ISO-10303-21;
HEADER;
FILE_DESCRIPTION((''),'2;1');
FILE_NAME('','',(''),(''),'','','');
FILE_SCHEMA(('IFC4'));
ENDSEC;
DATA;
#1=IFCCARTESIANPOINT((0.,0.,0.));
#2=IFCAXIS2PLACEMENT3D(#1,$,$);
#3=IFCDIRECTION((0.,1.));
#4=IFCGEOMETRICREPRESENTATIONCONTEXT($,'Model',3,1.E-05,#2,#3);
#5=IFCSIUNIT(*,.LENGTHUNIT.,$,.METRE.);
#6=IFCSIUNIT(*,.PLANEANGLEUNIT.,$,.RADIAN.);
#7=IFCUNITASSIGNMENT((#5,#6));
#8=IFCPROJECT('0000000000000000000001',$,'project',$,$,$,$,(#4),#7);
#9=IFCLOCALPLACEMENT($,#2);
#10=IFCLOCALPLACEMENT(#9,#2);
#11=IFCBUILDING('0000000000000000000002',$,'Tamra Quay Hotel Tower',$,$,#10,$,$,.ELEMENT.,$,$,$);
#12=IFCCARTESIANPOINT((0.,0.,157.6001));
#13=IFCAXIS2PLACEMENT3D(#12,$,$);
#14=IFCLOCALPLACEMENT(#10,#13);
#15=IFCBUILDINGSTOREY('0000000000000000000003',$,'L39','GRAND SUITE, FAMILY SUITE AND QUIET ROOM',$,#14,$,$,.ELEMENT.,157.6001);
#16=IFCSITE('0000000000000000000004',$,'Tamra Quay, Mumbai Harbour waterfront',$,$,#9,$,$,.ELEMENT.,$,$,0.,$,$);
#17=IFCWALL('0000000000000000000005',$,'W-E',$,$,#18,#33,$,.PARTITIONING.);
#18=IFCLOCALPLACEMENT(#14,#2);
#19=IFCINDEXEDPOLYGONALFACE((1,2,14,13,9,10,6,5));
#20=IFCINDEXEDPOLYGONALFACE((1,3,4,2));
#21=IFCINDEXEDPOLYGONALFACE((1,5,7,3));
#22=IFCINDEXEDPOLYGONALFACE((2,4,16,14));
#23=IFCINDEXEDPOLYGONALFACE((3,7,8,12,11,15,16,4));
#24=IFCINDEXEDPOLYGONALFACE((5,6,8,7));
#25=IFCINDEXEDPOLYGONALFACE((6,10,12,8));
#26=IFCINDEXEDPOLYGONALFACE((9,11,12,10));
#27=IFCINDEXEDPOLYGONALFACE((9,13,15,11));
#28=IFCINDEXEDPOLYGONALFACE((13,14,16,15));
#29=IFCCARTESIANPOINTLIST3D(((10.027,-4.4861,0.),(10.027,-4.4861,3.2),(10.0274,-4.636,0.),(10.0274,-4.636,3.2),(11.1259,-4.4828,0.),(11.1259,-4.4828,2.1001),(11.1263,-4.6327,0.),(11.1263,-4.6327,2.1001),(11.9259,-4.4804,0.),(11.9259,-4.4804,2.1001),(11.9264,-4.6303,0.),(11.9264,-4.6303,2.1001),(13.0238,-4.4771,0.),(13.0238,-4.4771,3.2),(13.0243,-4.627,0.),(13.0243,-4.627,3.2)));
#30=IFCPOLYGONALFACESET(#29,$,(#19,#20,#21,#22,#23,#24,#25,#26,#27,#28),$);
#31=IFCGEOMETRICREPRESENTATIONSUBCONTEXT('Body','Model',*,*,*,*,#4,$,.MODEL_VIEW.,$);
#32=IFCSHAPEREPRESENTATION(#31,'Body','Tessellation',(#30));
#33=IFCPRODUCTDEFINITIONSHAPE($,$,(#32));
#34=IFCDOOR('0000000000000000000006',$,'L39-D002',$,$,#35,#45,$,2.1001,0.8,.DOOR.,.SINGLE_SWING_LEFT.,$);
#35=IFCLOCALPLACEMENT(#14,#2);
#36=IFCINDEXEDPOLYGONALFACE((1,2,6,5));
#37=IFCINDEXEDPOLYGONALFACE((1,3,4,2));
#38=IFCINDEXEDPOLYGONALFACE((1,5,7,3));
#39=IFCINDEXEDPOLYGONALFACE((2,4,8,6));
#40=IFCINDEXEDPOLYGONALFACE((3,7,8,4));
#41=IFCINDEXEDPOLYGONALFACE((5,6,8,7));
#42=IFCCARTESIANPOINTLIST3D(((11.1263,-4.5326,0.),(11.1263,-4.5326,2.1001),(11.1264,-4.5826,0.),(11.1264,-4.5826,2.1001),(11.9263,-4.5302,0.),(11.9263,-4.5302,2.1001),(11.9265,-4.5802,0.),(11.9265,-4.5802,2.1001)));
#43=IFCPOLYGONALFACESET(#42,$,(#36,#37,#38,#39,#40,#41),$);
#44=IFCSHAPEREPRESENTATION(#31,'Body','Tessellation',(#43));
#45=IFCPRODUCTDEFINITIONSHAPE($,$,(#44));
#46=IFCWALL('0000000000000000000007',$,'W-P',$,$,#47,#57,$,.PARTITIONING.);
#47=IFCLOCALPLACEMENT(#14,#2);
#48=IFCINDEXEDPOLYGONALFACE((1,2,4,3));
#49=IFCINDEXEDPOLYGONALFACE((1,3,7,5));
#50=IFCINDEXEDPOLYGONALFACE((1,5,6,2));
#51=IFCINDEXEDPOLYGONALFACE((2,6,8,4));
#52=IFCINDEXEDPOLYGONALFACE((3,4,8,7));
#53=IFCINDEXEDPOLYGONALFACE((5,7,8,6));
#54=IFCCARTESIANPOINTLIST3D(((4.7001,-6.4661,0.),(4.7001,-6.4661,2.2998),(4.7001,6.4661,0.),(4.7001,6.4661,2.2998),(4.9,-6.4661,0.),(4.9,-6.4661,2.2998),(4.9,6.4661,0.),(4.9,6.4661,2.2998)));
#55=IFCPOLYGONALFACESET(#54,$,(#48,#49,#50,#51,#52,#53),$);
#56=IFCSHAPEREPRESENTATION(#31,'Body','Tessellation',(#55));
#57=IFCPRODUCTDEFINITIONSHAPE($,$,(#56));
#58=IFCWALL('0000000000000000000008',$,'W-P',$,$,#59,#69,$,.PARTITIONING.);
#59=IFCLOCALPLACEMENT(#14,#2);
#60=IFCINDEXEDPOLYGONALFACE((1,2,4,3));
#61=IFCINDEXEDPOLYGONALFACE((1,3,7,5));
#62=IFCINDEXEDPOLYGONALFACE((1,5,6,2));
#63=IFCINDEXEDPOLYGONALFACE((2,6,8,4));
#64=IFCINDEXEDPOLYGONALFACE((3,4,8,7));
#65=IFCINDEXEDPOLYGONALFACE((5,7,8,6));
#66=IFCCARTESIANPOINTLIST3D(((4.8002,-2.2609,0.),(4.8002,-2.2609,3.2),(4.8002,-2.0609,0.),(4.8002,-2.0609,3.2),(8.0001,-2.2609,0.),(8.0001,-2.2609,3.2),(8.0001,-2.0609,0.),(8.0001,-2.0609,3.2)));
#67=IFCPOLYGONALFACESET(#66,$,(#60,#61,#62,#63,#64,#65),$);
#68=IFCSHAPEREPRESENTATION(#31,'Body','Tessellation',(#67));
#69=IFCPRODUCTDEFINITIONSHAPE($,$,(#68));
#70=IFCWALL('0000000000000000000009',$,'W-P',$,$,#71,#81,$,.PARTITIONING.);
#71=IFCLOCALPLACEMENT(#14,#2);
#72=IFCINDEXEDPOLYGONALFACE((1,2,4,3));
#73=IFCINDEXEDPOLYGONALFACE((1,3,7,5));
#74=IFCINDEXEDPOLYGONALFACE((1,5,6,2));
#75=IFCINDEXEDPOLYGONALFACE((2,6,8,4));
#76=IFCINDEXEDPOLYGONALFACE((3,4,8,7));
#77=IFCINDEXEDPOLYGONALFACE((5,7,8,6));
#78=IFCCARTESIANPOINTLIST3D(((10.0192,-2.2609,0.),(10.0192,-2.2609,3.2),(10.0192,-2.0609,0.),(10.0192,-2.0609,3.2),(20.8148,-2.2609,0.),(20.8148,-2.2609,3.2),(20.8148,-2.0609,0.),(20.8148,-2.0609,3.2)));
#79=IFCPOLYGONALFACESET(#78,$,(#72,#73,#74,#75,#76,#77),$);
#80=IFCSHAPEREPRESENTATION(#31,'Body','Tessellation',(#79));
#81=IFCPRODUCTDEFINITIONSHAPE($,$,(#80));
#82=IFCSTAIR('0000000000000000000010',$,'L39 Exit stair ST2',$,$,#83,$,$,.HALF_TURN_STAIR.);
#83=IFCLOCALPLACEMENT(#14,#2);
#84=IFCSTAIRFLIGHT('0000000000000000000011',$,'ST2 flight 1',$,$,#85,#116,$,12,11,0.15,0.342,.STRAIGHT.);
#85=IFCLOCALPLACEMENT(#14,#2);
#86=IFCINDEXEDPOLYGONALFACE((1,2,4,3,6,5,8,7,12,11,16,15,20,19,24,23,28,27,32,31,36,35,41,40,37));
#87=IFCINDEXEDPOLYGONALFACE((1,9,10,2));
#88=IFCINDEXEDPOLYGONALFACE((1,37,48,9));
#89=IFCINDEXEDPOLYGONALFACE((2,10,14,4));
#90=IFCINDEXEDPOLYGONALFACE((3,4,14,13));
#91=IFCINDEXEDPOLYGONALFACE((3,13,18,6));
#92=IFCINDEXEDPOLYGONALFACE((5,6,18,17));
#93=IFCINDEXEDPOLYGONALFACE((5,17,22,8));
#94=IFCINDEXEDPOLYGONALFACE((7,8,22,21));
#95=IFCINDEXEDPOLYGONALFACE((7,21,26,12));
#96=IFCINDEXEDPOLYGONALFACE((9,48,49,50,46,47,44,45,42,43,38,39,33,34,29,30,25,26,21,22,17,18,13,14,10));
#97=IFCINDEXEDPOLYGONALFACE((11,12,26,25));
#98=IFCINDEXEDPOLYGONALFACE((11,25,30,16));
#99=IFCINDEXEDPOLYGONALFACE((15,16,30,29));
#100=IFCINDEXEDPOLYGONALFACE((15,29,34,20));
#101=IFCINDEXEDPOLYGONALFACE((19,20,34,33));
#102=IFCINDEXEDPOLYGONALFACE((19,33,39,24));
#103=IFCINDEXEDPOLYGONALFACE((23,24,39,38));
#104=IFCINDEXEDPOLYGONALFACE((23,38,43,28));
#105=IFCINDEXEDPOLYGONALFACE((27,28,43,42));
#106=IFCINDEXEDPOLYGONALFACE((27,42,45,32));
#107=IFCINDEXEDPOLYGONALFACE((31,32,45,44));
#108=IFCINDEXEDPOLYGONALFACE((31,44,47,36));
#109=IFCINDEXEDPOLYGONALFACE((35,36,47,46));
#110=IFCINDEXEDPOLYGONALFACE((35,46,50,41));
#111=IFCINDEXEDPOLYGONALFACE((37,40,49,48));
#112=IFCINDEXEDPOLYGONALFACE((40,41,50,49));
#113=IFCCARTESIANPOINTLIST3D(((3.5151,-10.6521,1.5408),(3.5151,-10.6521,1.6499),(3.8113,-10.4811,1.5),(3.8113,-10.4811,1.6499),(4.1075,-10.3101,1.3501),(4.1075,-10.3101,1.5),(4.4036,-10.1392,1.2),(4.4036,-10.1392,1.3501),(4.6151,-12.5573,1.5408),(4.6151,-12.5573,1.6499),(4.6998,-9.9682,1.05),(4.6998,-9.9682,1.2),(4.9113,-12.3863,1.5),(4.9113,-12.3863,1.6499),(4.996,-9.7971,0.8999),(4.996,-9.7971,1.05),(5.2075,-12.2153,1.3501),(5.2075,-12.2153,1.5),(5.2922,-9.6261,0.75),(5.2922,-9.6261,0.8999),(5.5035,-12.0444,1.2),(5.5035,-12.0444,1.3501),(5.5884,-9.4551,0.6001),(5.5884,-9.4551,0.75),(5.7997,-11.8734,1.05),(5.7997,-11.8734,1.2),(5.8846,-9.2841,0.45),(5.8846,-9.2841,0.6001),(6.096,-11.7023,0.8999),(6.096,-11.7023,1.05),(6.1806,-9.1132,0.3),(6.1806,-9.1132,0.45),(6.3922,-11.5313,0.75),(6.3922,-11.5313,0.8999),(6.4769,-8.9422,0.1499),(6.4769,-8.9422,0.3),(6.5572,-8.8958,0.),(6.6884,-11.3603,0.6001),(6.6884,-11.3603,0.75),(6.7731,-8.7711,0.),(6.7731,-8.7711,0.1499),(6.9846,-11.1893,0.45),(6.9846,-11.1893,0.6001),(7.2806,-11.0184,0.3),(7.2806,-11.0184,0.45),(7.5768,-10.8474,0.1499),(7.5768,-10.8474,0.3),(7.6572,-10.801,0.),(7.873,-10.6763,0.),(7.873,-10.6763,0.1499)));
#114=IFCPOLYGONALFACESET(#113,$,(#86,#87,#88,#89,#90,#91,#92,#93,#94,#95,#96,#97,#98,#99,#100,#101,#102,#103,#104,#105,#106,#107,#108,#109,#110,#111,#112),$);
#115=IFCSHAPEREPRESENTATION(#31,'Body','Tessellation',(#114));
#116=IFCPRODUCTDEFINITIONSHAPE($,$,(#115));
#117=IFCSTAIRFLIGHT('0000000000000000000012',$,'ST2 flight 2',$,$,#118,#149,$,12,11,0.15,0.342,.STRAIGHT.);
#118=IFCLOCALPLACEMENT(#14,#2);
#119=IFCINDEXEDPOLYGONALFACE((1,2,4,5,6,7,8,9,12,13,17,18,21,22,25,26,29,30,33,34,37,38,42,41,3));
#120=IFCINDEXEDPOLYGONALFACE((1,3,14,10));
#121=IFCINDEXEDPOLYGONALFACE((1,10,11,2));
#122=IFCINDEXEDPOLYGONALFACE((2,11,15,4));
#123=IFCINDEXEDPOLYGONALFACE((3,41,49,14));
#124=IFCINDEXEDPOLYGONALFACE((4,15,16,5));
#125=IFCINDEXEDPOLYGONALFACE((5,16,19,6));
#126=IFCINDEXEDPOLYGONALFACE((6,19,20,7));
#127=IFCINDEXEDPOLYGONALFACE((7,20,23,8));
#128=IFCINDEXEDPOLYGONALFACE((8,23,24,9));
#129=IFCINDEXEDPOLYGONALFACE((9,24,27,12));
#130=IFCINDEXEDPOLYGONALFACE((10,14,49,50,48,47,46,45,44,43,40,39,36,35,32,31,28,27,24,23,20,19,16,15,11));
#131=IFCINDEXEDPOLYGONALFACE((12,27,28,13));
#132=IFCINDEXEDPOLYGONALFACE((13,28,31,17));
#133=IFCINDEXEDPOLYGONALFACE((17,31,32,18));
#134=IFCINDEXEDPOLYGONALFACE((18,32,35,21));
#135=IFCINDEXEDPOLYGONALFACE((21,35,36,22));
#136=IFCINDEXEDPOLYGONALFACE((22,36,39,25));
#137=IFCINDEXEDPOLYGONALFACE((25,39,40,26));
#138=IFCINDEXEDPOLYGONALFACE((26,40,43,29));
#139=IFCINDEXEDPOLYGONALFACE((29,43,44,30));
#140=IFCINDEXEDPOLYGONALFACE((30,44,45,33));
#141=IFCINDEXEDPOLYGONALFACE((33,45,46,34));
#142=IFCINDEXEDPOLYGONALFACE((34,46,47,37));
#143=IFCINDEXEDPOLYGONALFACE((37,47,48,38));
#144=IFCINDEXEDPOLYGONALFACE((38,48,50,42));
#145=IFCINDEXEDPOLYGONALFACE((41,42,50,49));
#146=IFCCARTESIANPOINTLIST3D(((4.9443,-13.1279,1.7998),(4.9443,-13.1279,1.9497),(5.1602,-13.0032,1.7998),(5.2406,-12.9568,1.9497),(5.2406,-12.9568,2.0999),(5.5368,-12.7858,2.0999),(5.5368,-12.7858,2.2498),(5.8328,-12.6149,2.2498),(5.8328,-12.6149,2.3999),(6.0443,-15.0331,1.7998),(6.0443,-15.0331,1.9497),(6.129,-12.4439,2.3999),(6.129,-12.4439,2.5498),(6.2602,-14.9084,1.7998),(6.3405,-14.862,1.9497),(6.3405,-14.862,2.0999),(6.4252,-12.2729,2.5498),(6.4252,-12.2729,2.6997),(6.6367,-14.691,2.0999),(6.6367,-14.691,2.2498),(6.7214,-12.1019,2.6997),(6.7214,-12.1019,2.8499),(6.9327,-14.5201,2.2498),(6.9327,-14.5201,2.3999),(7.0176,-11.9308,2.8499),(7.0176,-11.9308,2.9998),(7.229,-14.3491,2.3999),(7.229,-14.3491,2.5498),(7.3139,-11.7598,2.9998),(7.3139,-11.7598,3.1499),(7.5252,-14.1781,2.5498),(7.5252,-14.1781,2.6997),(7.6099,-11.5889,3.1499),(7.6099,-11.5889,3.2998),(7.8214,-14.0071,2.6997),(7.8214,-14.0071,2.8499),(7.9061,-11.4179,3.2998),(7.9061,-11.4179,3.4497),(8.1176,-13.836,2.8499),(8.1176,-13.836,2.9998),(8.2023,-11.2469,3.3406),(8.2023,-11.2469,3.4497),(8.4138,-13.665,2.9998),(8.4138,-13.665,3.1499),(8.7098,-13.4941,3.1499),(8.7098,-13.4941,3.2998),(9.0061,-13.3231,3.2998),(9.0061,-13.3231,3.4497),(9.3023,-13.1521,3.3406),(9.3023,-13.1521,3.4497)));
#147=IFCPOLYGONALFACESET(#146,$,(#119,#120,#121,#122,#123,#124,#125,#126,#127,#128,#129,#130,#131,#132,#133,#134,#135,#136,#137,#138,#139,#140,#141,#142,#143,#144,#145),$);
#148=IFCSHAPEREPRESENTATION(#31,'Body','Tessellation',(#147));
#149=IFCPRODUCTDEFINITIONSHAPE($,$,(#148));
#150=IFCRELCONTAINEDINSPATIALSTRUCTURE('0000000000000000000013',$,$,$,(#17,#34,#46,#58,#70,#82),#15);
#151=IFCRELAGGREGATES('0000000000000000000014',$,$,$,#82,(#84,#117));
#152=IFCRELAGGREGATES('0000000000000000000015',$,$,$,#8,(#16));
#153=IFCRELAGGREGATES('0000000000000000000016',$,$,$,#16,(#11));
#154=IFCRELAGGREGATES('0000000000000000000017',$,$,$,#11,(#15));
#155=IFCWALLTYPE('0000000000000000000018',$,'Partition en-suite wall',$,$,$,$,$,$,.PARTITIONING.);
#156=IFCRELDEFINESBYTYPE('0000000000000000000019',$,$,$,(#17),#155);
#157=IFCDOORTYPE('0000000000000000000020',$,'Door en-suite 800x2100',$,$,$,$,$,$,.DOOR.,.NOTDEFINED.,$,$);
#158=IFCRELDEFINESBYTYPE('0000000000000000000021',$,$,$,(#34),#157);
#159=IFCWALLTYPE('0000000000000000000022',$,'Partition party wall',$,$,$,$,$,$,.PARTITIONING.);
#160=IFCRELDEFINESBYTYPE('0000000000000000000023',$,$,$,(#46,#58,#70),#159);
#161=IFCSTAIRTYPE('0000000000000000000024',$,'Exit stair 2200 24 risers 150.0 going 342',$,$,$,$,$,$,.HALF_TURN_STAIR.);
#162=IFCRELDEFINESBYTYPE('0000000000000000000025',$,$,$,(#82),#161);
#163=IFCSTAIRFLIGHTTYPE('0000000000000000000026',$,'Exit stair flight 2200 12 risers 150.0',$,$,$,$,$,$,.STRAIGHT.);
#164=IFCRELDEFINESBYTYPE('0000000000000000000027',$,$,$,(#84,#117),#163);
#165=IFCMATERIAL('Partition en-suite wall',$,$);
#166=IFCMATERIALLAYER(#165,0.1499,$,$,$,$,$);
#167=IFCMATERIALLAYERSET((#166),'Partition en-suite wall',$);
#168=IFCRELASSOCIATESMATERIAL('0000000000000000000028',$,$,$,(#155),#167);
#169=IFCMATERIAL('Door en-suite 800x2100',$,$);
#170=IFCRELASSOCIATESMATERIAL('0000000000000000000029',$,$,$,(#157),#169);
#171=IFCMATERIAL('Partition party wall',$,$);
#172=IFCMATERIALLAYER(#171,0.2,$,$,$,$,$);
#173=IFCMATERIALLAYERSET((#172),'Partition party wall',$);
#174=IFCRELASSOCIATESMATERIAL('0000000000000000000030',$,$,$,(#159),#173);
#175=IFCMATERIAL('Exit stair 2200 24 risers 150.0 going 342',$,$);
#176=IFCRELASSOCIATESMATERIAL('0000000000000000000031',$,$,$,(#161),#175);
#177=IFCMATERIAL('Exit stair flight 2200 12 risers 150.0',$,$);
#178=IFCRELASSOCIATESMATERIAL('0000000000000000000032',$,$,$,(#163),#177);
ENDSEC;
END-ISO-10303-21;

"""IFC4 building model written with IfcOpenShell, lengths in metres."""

from ifc_helpers import new_model, si_unit, direction, frame, frame_2d, origin, place, context, subcontext, project, spatial, polyline, rectangle, outline, extrude, material, layer, layer_set, type_object, element, fill, aggregate, save


model = new_model("IFC4")

# Units and contexts
model_context = context("Model", 3, precision=1e-05, world=origin(), true_north=direction((0.0, 1.0)))
body_context = subcontext(model_context, "Body", "Model", "MODEL_VIEW")
ifc_project = project(units=[si_unit("LENGTHUNIT", "METRE"), si_unit("PLANEANGLEUNIT", "RADIAN")], contexts=[model_context])

# Site, building, storey
site_placement = place(None, origin())
site = spatial("IfcSite", under=ifc_project, at=site_placement, Name="Tamra Quay, Mumbai Harbour waterfront", CompositionType="ELEMENT", RefElevation=0.0)
building_placement = place(site_placement, origin())
building = spatial("IfcBuilding", under=site, at=building_placement, Name="Tamra Quay Hotel Tower", CompositionType="ELEMENT")
storey_placement = place(building_placement, frame((0.0, 0.0, 157.6001)))
storey = spatial("IfcBuildingStorey", under=building, at=storey_placement, Name="L39", Description="GRAND SUITE, FAMILY SUITE AND QUIET ROOM", CompositionType="ELEMENT", Elevation=157.6001)

# Wall, opening, door
ifc_material_1 = material(Name="Partition en-suite wall")
ifc_layer_1 = layer(ifc_material_1, 0.1499)
ifc_layer_set_1 = layer_set([ifc_layer_1], Name="Partition en-suite wall")
wall_type_1 = type_object("IfcWallType", Name="Partition en-suite wall", PredefinedType="PARTITIONING", material=ifc_layer_set_1)
wall_1_placement = place(storey_placement, frame((10.0271, -4.561, 0.0), z_axis=(0.0, 0.0, 1.0), x_axis=(0.999995, 0.003014, 0.0)))
wall_1 = element("IfcWall", 1, at=wall_1_placement, inside=storey, type_object=wall_type_1, Name="W-E", PredefinedType="PARTITIONING", context=body_context, shape_type="SweptSolid", body=[
    extrude(rectangle(XDim=2.9968, YDim=0.1499, at=frame_2d((1.4985, 0.0))), origin(), (0.0, 0.0, 1.0), 3.2),
])
opening_1_placement = place(wall_1_placement, frame((1.0991, 0.0, 0.0)))
opening_1 = element("IfcOpeningElement", 2, at=opening_1_placement, cuts=wall_1, PredefinedType="OPENING", context=body_context, shape_type="SweptSolid", body=[
    extrude(rectangle(XDim=0.8, YDim=2.1001, at=frame_2d((0.3999, 1.05))), frame((0.0, 0.085, 0.0), z_axis=(0.0, -1.0, 0.0), x_axis=(1.0, 0.0, 0.0)), (0.0, 0.0, 1.0), 0.1699),
])
ifc_material_2 = material(Name="Door en-suite 800x2100")
door_type_1 = type_object("IfcDoorType", Name="Door en-suite 800x2100", OperationType="NOTDEFINED", PredefinedType="DOOR", material=ifc_material_2)
door_1_placement = place(opening_1_placement, frame((0.8, 0.0, 0.0), z_axis=(0.0, 0.0, 1.0), x_axis=(-1.0, 0.0, 0.0)))
door_1 = element("IfcDoor", 3, at=door_1_placement, inside=storey, type_object=door_type_1, Name="L39-D002", OperationType="SINGLE_SWING_LEFT", OverallHeight=2.1001, OverallWidth=0.8, PredefinedType="DOOR", context=body_context, shape_type="SweptSolid", body=[
    extrude(rectangle(XDim=0.8, YDim=2.1001, at=frame_2d((0.3999, 1.05))), frame((0.0, 0.0249, 0.0), z_axis=(0.0, -1.0, 0.0), x_axis=(1.0, 0.0, 0.0)), (0.0, 0.0, 1.0), 0.05),
])
fill(opening_1, door_1)

# Walls
ifc_material_3 = material(Name="Partition party wall")
ifc_layer_2 = layer(ifc_material_3, 0.2)
ifc_layer_set_2 = layer_set([ifc_layer_2], Name="Partition party wall")
wall_type_2 = type_object("IfcWallType", Name="Partition party wall", PredefinedType="PARTITIONING", material=ifc_layer_set_2)
wall_2_placement = place(storey_placement, frame((4.8, -6.4661, 0.0), z_axis=(0.0, 0.0, 1.0), x_axis=(0.0, 1.0, 0.0)))
element("IfcWall", 4, at=wall_2_placement, inside=storey, type_object=wall_type_2, Name="W-P", PredefinedType="PARTITIONING", context=body_context, shape_type="SweptSolid", body=[
    extrude(rectangle(XDim=12.9321, YDim=0.2, at=frame_2d((6.4661, 0.0))), origin(), (0.0, 0.0, 1.0), 2.2998),
])
wall_3_placement = place(storey_placement, frame((4.8, -2.1609, 0.0), z_axis=(0.0, 0.0, 1.0), x_axis=(1.0, 0.0, 0.0)))
element("IfcWall", 5, at=wall_3_placement, inside=storey, type_object=wall_type_2, Name="W-P", PredefinedType="PARTITIONING", context=body_context, shape_type="SweptSolid", body=[
    extrude(rectangle(XDim=3.2, YDim=0.2, at=frame_2d((1.6001, 0.0))), origin(), (0.0, 0.0, 1.0), 3.2),
])
wall_4_placement = place(storey_placement, frame((10.019, -2.1609, 0.0), z_axis=(0.0, 0.0, 1.0), x_axis=(1.0, 0.0, 0.0)))
element("IfcWall", 6, at=wall_4_placement, inside=storey, type_object=wall_type_2, Name="W-P", PredefinedType="PARTITIONING", context=body_context, shape_type="SweptSolid", body=[
    extrude(rectangle(XDim=10.7957, YDim=0.2, at=frame_2d((5.3979, 0.0))), origin(), (0.0, 0.0, 1.0), 3.2),
])

# Stair, stair flights
ifc_material_4 = material(Name="Exit stair 2200 24 risers 150.0 going 342")
stair_type = type_object("IfcStairType", Name="Exit stair 2200 24 risers 150.0 going 342", PredefinedType="HALF_TURN_STAIR", material=ifc_material_4)
stair_placement = place(storey_placement, origin())
stair = element("IfcStair", 7, at=stair_placement, inside=storey, type_object=stair_type, Name="L39 Exit stair ST2", PredefinedType="HALF_TURN_STAIR")
ifc_material_5 = material(Name="Exit stair flight 2200 12 risers 150.0")
stair_flight_type = type_object("IfcStairFlightType", Name="Exit stair flight 2200 12 risers 150.0", PredefinedType="STRAIGHT", material=ifc_material_5)
stair_flight_1_placement = place(storey_placement, frame((7.323, -9.7236, 0.0), z_axis=(0.0, 0.0, 1.0), x_axis=(-0.866025, -0.5, 0.0)))
stair_flight_1 = element("IfcStairFlight", 8, at=stair_flight_1_placement, type_object=stair_flight_type, Name="ST2 flight 1", NumberOfRisers=12, NumberOfTreads=11, PredefinedType="STRAIGHT", RiserHeight=0.15, TreadLength=0.342, context=body_context, shape_type="SweptSolid", body=[
    extrude(outline(polyline([(0.0, 0.0), (0.0, 0.1499), (0.342, 0.1499), (0.342, 0.3), (0.6841, 0.3), (0.6841, 0.45), (1.0259, 0.45), (1.0259, 0.6001), (1.3679, 0.6001), (1.3679, 0.75), (1.71, 0.75), (1.71, 0.8999), (2.052, 0.8999), (2.052, 1.05), (2.394, 1.05), (2.394, 1.2), (2.7361, 1.2), (2.7361, 1.3501), (3.0779, 1.3501), (3.0779, 1.5), (3.4199, 1.5), (3.4199, 1.6499), (3.762, 1.6499), (3.762, 1.8), (3.762, 1.5408), (0.2493, 0.0), (0.0, 0.0)])), frame((0.0, 1.1001, 0.0), z_axis=(0.0, -1.0, 0.0), x_axis=(1.0, 0.0, 0.0)), (0.0, 0.0, 1.0), 2.2),
])
stair_flight_2_placement = place(storey_placement, frame((5.4944, -14.0806, 1.7998), z_axis=(0.0, 0.0, 1.0), x_axis=(0.866025, 0.5, 0.0)))
stair_flight_2 = element("IfcStairFlight", 9, at=stair_flight_2_placement, type_object=stair_flight_type, Name="ST2 flight 2", NumberOfRisers=12, NumberOfTreads=11, PredefinedType="STRAIGHT", RiserHeight=0.15, TreadLength=0.342, context=body_context, shape_type="SweptSolid", body=[
    extrude(outline(polyline([(0.0, 0.0), (0.0, 0.1499), (0.342, 0.1499), (0.342, 0.3), (0.6841, 0.3), (0.6841, 0.45), (1.0259, 0.45), (1.0259, 0.6001), (1.3679, 0.6001), (1.3679, 0.75), (1.71, 0.75), (1.71, 0.8999), (2.052, 0.8999), (2.052, 1.05), (2.394, 1.05), (2.394, 1.2), (2.7361, 1.2), (2.7361, 1.3501), (3.0779, 1.3501), (3.0779, 1.5), (3.4199, 1.5), (3.4199, 1.6499), (3.762, 1.6499), (3.762, 1.8), (3.762, 1.5408), (0.2493, 0.0), (0.0, 0.0)])), frame((0.0, 1.1001, 0.0), z_axis=(0.0, -1.0, 0.0), x_axis=(1.0, 0.0, 0.0)), (0.0, 0.0, 1.0), 2.2),
])
aggregate(stair, [stair_flight_1, stair_flight_2])

save(model, "model.ifc")
